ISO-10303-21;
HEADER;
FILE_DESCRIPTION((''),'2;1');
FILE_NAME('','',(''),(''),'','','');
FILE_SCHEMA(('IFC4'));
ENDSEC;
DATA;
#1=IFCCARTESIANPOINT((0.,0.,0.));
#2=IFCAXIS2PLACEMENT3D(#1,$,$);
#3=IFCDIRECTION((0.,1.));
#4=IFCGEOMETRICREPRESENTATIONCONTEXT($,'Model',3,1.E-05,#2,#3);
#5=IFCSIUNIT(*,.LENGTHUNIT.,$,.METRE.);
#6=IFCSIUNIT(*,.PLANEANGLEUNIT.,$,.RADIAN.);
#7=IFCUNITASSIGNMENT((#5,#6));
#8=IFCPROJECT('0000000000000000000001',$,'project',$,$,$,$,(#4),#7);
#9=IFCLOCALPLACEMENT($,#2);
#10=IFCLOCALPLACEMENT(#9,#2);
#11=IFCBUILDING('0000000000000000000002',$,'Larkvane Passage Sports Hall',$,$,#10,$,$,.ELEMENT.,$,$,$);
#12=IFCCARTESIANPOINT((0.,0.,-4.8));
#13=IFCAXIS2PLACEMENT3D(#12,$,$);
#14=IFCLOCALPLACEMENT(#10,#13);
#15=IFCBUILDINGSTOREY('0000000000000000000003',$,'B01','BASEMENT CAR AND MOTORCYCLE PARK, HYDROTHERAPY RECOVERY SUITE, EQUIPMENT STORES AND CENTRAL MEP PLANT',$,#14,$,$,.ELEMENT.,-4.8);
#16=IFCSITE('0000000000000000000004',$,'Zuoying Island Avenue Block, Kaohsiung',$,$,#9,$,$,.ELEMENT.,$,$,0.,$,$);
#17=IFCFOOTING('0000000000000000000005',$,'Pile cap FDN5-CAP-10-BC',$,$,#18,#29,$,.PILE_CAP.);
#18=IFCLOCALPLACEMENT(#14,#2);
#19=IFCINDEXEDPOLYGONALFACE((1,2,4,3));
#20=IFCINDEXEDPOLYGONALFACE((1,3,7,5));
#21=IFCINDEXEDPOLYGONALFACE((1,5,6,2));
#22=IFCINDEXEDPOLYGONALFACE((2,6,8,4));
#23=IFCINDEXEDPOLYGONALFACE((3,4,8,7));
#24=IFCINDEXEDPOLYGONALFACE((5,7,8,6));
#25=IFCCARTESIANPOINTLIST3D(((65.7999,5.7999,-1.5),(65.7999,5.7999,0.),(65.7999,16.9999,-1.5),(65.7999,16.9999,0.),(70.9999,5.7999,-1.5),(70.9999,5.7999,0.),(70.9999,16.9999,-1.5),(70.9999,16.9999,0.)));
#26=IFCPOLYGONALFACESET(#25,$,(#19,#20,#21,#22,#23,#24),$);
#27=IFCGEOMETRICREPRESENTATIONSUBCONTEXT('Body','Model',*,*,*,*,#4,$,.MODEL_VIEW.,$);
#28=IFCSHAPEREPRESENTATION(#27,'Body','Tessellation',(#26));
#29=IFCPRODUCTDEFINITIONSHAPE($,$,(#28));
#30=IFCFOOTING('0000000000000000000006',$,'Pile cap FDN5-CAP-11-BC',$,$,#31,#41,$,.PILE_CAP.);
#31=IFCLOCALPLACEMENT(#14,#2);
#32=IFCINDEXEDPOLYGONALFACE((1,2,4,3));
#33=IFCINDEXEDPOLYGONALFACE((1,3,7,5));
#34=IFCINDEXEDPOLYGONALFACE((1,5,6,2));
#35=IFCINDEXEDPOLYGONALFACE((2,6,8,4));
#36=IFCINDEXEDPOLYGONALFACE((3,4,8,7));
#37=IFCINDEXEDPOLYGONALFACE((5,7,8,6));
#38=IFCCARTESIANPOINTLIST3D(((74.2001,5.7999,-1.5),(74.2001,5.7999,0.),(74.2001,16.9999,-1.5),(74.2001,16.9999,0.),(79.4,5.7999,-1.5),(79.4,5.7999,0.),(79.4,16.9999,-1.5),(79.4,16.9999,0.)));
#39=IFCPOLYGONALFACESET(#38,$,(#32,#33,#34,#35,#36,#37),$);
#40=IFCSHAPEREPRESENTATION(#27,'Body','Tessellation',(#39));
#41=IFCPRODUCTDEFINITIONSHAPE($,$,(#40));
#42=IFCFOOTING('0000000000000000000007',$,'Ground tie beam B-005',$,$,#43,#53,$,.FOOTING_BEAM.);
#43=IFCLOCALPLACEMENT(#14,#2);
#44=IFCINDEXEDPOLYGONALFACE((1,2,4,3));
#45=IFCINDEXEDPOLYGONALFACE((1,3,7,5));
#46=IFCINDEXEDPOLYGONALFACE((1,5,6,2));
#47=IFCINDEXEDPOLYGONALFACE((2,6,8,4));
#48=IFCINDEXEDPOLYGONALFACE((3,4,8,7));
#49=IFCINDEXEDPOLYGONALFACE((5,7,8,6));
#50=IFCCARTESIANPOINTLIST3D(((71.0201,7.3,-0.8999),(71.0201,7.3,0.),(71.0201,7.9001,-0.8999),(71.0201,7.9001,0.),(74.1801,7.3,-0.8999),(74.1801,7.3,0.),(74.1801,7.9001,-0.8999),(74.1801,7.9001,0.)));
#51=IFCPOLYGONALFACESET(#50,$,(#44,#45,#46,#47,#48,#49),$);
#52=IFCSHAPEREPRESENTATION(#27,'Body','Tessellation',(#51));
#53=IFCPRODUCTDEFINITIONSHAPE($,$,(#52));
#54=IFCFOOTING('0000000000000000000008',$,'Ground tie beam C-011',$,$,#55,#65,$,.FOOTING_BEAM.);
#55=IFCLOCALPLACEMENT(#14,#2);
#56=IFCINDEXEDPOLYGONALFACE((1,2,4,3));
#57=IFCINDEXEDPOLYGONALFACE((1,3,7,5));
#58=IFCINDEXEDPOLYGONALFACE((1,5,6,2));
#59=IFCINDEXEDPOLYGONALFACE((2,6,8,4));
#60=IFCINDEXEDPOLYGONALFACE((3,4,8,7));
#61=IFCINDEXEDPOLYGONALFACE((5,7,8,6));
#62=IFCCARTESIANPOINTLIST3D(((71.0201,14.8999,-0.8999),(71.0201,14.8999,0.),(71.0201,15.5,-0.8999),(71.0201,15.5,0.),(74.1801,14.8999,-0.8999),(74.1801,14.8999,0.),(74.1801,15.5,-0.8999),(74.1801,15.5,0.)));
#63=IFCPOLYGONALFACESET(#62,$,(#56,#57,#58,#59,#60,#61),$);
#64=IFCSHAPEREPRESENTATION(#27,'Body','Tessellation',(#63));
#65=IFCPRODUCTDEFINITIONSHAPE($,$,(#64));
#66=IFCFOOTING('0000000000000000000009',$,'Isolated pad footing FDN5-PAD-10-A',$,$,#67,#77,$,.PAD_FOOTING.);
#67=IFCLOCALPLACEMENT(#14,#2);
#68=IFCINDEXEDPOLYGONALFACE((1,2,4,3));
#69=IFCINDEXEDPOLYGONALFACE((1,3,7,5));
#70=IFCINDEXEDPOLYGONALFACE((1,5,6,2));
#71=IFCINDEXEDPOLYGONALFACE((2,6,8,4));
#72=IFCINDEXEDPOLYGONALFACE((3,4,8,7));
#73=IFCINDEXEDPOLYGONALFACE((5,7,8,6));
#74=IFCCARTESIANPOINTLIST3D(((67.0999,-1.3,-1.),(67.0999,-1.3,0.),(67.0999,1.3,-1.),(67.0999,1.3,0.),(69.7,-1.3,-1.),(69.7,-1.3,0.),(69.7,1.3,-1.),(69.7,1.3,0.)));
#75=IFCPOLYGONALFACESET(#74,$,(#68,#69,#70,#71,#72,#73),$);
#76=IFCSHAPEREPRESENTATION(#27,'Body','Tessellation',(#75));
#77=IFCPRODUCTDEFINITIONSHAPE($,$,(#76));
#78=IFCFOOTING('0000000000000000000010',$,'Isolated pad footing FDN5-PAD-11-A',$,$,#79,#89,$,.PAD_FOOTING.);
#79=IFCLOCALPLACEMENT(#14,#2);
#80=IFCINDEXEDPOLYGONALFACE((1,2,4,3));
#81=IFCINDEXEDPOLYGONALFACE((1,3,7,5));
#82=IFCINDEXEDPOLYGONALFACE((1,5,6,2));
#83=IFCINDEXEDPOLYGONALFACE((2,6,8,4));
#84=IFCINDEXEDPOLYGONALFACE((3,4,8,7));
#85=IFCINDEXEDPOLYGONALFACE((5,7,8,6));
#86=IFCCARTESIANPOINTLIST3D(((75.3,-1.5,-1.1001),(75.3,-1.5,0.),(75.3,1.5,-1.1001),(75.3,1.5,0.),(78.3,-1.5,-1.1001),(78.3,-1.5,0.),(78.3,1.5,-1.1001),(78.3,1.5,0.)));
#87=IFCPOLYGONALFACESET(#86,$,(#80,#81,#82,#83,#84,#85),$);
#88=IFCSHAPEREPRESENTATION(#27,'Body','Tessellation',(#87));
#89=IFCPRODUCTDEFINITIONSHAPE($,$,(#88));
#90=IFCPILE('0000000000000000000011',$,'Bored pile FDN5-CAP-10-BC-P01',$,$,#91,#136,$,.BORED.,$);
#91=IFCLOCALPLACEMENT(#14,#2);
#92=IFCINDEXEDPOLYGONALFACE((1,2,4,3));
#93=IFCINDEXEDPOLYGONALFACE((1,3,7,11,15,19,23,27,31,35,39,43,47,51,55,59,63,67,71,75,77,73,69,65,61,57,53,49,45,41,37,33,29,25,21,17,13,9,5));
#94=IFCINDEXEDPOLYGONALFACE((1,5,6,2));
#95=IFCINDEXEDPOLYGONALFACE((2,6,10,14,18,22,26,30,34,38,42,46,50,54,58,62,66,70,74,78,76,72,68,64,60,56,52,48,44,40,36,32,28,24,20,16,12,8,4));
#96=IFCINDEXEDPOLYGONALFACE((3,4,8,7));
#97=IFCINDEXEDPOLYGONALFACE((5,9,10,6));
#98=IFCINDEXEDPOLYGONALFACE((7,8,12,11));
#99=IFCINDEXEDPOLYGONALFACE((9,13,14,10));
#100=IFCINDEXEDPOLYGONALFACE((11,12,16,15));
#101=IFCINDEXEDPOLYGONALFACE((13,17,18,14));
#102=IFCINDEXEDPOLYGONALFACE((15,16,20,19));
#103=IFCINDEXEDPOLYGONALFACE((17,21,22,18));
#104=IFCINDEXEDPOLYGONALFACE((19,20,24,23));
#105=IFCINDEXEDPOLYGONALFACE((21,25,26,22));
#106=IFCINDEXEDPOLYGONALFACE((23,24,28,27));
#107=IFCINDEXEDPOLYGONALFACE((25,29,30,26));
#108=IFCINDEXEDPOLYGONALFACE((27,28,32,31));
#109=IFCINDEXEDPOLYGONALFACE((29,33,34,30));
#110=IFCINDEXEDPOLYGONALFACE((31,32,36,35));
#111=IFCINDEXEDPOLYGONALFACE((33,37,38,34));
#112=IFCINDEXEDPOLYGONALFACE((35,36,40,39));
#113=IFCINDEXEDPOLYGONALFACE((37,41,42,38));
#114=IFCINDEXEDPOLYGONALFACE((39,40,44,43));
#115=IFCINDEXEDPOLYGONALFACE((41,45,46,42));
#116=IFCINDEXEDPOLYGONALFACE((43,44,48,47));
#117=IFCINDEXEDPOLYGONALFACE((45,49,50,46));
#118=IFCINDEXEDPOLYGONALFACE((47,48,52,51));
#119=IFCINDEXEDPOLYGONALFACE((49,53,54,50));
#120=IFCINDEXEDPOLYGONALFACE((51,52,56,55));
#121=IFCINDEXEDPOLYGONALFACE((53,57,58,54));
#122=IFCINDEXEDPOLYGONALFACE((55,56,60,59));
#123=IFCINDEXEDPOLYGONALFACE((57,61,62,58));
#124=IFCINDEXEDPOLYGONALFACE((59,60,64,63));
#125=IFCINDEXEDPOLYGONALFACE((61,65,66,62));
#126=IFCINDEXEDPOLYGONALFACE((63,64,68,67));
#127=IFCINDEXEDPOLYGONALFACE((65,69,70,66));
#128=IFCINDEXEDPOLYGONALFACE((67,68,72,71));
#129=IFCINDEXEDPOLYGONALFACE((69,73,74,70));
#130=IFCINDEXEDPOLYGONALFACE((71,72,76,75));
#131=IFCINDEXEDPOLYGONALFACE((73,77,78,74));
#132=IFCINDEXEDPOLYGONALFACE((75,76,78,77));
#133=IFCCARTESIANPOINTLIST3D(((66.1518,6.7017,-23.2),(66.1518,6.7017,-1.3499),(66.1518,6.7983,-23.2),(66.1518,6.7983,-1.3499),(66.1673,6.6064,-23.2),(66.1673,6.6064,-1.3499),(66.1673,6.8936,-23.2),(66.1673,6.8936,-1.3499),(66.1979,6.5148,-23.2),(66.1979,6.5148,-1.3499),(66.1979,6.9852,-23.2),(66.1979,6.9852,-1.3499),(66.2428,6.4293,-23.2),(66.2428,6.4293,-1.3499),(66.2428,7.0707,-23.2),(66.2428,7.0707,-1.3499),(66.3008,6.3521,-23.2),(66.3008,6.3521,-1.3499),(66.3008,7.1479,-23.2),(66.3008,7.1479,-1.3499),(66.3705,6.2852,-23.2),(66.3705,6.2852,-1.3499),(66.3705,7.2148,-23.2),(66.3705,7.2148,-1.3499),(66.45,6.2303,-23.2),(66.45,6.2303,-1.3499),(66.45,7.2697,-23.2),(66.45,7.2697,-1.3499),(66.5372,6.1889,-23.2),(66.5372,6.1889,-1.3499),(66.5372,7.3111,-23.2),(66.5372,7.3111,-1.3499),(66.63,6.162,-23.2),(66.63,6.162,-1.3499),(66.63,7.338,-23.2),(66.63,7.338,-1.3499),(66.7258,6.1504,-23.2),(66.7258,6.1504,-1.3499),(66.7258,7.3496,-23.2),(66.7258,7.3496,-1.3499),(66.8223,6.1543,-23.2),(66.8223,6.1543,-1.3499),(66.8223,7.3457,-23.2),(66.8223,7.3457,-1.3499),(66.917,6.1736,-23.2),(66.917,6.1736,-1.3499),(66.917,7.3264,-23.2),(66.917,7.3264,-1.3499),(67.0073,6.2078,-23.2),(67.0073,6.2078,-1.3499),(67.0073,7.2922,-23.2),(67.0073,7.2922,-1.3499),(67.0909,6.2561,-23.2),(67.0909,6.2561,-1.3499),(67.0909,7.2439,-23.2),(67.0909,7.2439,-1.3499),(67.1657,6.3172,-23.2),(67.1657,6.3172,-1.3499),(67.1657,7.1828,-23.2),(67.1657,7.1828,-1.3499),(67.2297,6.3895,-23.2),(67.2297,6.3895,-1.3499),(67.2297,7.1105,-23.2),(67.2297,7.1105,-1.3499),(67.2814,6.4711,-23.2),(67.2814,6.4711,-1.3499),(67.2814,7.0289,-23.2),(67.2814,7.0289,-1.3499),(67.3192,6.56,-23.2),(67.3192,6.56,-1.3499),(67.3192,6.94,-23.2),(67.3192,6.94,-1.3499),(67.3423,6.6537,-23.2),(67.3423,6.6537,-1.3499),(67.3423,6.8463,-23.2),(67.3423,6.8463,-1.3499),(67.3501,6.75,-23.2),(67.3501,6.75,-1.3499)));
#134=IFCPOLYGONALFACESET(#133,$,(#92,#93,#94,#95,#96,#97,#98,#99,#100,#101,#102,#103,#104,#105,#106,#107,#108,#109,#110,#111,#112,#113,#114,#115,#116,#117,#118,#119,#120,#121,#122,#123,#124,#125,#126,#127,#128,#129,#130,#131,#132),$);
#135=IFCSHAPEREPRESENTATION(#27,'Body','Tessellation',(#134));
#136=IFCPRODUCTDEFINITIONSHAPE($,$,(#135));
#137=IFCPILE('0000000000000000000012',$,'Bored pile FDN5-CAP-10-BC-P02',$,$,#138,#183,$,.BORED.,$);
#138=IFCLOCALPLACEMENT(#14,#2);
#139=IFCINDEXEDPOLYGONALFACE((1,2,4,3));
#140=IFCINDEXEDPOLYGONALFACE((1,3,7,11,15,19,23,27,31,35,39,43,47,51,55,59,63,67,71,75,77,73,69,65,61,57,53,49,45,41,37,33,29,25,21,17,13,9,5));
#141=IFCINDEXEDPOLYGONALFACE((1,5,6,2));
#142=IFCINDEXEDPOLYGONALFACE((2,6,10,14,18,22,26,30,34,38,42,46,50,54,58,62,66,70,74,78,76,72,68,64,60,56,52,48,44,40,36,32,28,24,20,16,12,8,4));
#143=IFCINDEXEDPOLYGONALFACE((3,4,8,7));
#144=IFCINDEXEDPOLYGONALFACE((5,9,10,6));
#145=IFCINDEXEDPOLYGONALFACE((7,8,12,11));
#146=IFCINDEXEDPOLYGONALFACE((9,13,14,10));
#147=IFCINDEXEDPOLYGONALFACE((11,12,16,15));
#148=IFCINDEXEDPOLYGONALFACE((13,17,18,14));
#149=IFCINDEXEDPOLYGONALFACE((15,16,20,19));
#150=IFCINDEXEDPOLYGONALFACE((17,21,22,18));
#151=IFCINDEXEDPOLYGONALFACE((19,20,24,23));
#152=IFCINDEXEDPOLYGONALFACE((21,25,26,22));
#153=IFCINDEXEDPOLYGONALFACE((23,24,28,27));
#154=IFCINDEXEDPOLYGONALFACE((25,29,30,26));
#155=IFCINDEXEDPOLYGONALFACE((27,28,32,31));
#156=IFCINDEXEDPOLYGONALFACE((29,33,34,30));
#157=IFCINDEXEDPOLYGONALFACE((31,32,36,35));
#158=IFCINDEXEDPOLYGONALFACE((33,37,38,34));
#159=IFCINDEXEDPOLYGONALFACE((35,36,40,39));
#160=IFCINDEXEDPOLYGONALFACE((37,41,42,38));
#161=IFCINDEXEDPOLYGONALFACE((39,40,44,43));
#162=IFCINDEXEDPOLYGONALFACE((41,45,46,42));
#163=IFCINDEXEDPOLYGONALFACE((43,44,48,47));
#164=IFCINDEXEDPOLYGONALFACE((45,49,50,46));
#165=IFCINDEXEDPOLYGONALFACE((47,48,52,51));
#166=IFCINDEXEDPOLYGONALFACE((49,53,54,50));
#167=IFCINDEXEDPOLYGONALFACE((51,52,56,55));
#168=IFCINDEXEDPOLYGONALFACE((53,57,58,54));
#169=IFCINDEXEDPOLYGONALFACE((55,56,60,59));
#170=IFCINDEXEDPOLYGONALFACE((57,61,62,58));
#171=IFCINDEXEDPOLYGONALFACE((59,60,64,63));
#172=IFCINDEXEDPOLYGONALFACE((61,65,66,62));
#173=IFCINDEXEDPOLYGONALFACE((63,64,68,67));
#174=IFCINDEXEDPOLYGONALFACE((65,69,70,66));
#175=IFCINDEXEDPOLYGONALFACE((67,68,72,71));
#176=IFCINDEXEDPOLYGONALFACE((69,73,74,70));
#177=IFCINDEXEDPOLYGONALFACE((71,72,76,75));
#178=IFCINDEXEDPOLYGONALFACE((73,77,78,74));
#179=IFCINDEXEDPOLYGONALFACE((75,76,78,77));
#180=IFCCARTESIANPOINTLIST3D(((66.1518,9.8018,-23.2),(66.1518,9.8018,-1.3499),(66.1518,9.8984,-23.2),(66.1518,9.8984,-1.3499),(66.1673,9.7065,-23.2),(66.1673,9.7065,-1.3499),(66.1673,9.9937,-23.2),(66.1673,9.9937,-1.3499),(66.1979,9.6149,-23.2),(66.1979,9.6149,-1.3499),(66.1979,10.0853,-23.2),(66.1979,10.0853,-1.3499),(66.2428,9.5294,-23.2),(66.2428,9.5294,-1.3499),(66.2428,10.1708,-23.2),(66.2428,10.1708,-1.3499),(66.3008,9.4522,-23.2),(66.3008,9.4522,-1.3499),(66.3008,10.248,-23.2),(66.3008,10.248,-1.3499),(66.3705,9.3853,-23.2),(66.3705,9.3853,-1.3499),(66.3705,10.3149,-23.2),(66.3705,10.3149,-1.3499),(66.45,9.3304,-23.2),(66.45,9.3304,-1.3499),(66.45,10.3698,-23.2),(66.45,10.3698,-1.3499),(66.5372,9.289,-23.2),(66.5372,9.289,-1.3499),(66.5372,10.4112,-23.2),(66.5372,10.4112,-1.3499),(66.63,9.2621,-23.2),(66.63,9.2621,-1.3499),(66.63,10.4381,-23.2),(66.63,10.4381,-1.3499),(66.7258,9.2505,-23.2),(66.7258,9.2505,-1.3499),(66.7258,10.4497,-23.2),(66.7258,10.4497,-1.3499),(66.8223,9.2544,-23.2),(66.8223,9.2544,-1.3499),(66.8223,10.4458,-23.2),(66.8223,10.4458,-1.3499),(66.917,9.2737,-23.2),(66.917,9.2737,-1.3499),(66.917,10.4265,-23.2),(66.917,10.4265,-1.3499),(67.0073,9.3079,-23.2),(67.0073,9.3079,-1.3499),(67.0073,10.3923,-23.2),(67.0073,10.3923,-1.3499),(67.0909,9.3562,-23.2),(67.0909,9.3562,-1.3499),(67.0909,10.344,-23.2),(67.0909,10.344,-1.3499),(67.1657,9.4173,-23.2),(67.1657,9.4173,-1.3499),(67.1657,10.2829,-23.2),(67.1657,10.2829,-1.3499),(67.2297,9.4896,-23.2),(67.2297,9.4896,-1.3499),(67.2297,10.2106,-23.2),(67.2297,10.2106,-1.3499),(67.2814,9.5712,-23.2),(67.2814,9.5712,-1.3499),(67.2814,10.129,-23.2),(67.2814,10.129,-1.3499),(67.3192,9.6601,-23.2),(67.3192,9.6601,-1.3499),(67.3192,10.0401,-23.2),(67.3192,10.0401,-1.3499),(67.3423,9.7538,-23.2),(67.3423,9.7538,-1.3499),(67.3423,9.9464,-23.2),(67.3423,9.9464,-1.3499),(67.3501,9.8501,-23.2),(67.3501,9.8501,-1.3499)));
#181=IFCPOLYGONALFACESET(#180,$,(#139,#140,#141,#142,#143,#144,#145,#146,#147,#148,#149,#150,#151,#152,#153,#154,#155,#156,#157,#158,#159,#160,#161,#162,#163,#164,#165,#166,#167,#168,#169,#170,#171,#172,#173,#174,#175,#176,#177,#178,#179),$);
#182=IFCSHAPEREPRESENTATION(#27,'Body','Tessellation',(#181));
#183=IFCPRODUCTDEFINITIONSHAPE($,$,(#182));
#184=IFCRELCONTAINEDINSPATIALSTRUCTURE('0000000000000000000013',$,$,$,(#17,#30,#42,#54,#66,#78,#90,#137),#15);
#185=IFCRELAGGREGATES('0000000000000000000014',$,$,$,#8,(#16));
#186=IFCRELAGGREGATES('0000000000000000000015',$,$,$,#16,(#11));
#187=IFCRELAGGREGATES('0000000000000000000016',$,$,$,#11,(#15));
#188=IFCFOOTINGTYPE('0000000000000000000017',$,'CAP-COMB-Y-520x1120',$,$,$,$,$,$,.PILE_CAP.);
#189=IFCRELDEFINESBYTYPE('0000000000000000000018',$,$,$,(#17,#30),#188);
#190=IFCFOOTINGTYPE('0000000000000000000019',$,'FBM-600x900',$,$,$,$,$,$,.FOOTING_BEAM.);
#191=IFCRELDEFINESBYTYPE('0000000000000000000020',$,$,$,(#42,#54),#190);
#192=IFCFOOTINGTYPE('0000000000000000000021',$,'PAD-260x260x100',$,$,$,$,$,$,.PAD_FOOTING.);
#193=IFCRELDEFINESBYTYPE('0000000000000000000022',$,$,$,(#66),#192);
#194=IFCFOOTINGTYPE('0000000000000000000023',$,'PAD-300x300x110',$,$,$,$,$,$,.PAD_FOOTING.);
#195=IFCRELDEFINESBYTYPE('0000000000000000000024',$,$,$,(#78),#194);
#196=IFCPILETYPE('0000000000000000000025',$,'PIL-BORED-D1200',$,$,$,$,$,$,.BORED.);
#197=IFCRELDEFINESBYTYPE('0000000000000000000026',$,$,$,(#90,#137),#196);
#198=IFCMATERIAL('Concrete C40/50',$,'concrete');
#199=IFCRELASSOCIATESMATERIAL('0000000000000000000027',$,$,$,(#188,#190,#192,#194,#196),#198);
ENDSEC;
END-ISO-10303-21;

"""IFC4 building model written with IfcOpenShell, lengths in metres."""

from ifc_helpers import new_model, si_unit, direction, frame, origin, origin_2d, place, context, subcontext, project, spatial, rectangle, circle, extrude, material, material_profile, profile_set, type_object, element, save


model = new_model("IFC4")

# Units and contexts
model_context = context("Model", 3, precision=1e-05, world=origin(), true_north=direction((0.0, 1.0)))
body_context = subcontext(model_context, "Body", "Model", "MODEL_VIEW")
ifc_project = project(units=[si_unit("LENGTHUNIT", "METRE"), si_unit("PLANEANGLEUNIT", "RADIAN")], contexts=[model_context])

# Site, building, storey
site_placement = place(None, origin())
site = spatial("IfcSite", under=ifc_project, at=site_placement, Name="Zuoying Island Avenue Block, Kaohsiung", CompositionType="ELEMENT", RefElevation=0.0)
building_placement = place(site_placement, origin())
building = spatial("IfcBuilding", under=site, at=building_placement, Name="Larkvane Passage Sports Hall", CompositionType="ELEMENT")
storey_placement = place(building_placement, frame((0.0, 0.0, -4.8)))
storey = spatial("IfcBuildingStorey", under=building, at=storey_placement, Name="B01", Description="BASEMENT CAR AND MOTORCYCLE PARK, HYDROTHERAPY RECOVERY SUITE, EQUIPMENT STORES AND CENTRAL MEP PLANT", CompositionType="ELEMENT", Elevation=-4.8)

# Footings
ifc_material_1 = material(Name="Concrete C40/50", Category="concrete")
footing_type_1 = type_object("IfcFootingType", Name="CAP-COMB-Y-520x1120", PredefinedType="PILE_CAP", material=ifc_material_1)
for number, where, z_axis, x_axis, name in (
    (1, (68.3999, 11.3999, -1.5), (0.0, 0.0, 1.0), (1.0, 0.0, 0.0), "Pile cap FDN5-CAP-10-BC"),
    (2, (76.8, 11.3999, -1.5), (0.0, 0.0, 1.0), (1.0, 0.0, 0.0), "Pile cap FDN5-CAP-11-BC"),
):
    element("IfcFooting", number, at=place(storey_placement, frame(where, z_axis=z_axis, x_axis=x_axis)), inside=storey, type_object=footing_type_1, Name=name, PredefinedType="PILE_CAP", context=body_context, shape_type="SweptSolid", body=[
        extrude(rectangle(XDim=5.2, YDim=11.2, at=origin_2d()), origin(), (0.0, 0.0, 1.0), 1.5),
    ])
footing_type_2 = type_object("IfcFootingType", Name="FBM-600x900", PredefinedType="FOOTING_BEAM", material=ifc_material_1)
for number, where, z_axis, x_axis, name in (
    (3, (72.6001, 7.6001, -0.8999), (0.0, 0.0, 1.0), (1.0, 0.0, 0.0), "Ground tie beam B-005"),
    (4, (72.6001, 15.2, -0.8999), (0.0, 0.0, 1.0), (1.0, 0.0, 0.0), "Ground tie beam C-011"),
):
    element("IfcFooting", number, at=place(storey_placement, frame(where, z_axis=z_axis, x_axis=x_axis)), inside=storey, type_object=footing_type_2, Name=name, PredefinedType="FOOTING_BEAM", context=body_context, shape_type="SweptSolid", body=[
        extrude(rectangle(XDim=3.1599, YDim=0.6001, at=origin_2d()), origin(), (0.0, 0.0, 1.0), 0.8999),
    ])
footing_type_3 = type_object("IfcFootingType", Name="PAD-260x260x100", PredefinedType="PAD_FOOTING", material=ifc_material_1)
footing_1_placement = place(storey_placement, frame((68.3999, 0.0, -1.0), z_axis=(0.0, 0.0, 1.0), x_axis=(1.0, 0.0, 0.0)))
element("IfcFooting", 5, at=footing_1_placement, inside=storey, type_object=footing_type_3, Name="Isolated pad footing FDN5-PAD-10-A", PredefinedType="PAD_FOOTING", context=body_context, shape_type="SweptSolid", body=[
    extrude(rectangle(XDim=2.6001, YDim=2.6001, at=origin_2d()), origin(), (0.0, 0.0, 1.0), 1.0),
])
footing_type_4 = type_object("IfcFootingType", Name="PAD-300x300x110", PredefinedType="PAD_FOOTING", material=ifc_material_1)
footing_2_placement = place(storey_placement, frame((76.8, 0.0, -1.1001), z_axis=(0.0, 0.0, 1.0), x_axis=(1.0, 0.0, 0.0)))
element("IfcFooting", 6, at=footing_2_placement, inside=storey, type_object=footing_type_4, Name="Isolated pad footing FDN5-PAD-11-A", PredefinedType="PAD_FOOTING", context=body_context, shape_type="SweptSolid", body=[
    extrude(rectangle(XDim=3.0, YDim=3.0, at=origin_2d()), origin(), (0.0, 0.0, 1.0), 1.1001),
])

# Piles
ifc_material_profile_1 = material_profile(ifc_material_1, circle(Radius=0.6001, at=origin_2d()), Name="PILE-D1200")
ifc_profile_set_1 = profile_set([ifc_material_profile_1], Name="Concrete C40/50")
pile_type = type_object("IfcPileType", Name="PIL-BORED-D1200", PredefinedType="BORED", material=ifc_profile_set_1)
for number, where, z_axis, x_axis, name in (
    (7, (66.75, 6.75, -1.3499), (0.0, 0.0, -1.0), (1.0, 0.0, 0.0), "Bored pile FDN5-CAP-10-BC-P01"),
    (8, (66.75, 9.8501, -1.3499), (0.0, 0.0, -1.0), (1.0, 0.0, 0.0), "Bored pile FDN5-CAP-10-BC-P02"),
):
    element("IfcPile", number, at=place(storey_placement, frame(where, z_axis=z_axis, x_axis=x_axis)), inside=storey, type_object=pile_type, Name=name, PredefinedType="BORED", context=body_context, shape_type="SweptSolid", body=[
        extrude(circle(Radius=0.6001, at=origin_2d()), origin(), (0.0, 0.0, 1.0), 21.8501),
    ])

save(model, "model.ifc")
